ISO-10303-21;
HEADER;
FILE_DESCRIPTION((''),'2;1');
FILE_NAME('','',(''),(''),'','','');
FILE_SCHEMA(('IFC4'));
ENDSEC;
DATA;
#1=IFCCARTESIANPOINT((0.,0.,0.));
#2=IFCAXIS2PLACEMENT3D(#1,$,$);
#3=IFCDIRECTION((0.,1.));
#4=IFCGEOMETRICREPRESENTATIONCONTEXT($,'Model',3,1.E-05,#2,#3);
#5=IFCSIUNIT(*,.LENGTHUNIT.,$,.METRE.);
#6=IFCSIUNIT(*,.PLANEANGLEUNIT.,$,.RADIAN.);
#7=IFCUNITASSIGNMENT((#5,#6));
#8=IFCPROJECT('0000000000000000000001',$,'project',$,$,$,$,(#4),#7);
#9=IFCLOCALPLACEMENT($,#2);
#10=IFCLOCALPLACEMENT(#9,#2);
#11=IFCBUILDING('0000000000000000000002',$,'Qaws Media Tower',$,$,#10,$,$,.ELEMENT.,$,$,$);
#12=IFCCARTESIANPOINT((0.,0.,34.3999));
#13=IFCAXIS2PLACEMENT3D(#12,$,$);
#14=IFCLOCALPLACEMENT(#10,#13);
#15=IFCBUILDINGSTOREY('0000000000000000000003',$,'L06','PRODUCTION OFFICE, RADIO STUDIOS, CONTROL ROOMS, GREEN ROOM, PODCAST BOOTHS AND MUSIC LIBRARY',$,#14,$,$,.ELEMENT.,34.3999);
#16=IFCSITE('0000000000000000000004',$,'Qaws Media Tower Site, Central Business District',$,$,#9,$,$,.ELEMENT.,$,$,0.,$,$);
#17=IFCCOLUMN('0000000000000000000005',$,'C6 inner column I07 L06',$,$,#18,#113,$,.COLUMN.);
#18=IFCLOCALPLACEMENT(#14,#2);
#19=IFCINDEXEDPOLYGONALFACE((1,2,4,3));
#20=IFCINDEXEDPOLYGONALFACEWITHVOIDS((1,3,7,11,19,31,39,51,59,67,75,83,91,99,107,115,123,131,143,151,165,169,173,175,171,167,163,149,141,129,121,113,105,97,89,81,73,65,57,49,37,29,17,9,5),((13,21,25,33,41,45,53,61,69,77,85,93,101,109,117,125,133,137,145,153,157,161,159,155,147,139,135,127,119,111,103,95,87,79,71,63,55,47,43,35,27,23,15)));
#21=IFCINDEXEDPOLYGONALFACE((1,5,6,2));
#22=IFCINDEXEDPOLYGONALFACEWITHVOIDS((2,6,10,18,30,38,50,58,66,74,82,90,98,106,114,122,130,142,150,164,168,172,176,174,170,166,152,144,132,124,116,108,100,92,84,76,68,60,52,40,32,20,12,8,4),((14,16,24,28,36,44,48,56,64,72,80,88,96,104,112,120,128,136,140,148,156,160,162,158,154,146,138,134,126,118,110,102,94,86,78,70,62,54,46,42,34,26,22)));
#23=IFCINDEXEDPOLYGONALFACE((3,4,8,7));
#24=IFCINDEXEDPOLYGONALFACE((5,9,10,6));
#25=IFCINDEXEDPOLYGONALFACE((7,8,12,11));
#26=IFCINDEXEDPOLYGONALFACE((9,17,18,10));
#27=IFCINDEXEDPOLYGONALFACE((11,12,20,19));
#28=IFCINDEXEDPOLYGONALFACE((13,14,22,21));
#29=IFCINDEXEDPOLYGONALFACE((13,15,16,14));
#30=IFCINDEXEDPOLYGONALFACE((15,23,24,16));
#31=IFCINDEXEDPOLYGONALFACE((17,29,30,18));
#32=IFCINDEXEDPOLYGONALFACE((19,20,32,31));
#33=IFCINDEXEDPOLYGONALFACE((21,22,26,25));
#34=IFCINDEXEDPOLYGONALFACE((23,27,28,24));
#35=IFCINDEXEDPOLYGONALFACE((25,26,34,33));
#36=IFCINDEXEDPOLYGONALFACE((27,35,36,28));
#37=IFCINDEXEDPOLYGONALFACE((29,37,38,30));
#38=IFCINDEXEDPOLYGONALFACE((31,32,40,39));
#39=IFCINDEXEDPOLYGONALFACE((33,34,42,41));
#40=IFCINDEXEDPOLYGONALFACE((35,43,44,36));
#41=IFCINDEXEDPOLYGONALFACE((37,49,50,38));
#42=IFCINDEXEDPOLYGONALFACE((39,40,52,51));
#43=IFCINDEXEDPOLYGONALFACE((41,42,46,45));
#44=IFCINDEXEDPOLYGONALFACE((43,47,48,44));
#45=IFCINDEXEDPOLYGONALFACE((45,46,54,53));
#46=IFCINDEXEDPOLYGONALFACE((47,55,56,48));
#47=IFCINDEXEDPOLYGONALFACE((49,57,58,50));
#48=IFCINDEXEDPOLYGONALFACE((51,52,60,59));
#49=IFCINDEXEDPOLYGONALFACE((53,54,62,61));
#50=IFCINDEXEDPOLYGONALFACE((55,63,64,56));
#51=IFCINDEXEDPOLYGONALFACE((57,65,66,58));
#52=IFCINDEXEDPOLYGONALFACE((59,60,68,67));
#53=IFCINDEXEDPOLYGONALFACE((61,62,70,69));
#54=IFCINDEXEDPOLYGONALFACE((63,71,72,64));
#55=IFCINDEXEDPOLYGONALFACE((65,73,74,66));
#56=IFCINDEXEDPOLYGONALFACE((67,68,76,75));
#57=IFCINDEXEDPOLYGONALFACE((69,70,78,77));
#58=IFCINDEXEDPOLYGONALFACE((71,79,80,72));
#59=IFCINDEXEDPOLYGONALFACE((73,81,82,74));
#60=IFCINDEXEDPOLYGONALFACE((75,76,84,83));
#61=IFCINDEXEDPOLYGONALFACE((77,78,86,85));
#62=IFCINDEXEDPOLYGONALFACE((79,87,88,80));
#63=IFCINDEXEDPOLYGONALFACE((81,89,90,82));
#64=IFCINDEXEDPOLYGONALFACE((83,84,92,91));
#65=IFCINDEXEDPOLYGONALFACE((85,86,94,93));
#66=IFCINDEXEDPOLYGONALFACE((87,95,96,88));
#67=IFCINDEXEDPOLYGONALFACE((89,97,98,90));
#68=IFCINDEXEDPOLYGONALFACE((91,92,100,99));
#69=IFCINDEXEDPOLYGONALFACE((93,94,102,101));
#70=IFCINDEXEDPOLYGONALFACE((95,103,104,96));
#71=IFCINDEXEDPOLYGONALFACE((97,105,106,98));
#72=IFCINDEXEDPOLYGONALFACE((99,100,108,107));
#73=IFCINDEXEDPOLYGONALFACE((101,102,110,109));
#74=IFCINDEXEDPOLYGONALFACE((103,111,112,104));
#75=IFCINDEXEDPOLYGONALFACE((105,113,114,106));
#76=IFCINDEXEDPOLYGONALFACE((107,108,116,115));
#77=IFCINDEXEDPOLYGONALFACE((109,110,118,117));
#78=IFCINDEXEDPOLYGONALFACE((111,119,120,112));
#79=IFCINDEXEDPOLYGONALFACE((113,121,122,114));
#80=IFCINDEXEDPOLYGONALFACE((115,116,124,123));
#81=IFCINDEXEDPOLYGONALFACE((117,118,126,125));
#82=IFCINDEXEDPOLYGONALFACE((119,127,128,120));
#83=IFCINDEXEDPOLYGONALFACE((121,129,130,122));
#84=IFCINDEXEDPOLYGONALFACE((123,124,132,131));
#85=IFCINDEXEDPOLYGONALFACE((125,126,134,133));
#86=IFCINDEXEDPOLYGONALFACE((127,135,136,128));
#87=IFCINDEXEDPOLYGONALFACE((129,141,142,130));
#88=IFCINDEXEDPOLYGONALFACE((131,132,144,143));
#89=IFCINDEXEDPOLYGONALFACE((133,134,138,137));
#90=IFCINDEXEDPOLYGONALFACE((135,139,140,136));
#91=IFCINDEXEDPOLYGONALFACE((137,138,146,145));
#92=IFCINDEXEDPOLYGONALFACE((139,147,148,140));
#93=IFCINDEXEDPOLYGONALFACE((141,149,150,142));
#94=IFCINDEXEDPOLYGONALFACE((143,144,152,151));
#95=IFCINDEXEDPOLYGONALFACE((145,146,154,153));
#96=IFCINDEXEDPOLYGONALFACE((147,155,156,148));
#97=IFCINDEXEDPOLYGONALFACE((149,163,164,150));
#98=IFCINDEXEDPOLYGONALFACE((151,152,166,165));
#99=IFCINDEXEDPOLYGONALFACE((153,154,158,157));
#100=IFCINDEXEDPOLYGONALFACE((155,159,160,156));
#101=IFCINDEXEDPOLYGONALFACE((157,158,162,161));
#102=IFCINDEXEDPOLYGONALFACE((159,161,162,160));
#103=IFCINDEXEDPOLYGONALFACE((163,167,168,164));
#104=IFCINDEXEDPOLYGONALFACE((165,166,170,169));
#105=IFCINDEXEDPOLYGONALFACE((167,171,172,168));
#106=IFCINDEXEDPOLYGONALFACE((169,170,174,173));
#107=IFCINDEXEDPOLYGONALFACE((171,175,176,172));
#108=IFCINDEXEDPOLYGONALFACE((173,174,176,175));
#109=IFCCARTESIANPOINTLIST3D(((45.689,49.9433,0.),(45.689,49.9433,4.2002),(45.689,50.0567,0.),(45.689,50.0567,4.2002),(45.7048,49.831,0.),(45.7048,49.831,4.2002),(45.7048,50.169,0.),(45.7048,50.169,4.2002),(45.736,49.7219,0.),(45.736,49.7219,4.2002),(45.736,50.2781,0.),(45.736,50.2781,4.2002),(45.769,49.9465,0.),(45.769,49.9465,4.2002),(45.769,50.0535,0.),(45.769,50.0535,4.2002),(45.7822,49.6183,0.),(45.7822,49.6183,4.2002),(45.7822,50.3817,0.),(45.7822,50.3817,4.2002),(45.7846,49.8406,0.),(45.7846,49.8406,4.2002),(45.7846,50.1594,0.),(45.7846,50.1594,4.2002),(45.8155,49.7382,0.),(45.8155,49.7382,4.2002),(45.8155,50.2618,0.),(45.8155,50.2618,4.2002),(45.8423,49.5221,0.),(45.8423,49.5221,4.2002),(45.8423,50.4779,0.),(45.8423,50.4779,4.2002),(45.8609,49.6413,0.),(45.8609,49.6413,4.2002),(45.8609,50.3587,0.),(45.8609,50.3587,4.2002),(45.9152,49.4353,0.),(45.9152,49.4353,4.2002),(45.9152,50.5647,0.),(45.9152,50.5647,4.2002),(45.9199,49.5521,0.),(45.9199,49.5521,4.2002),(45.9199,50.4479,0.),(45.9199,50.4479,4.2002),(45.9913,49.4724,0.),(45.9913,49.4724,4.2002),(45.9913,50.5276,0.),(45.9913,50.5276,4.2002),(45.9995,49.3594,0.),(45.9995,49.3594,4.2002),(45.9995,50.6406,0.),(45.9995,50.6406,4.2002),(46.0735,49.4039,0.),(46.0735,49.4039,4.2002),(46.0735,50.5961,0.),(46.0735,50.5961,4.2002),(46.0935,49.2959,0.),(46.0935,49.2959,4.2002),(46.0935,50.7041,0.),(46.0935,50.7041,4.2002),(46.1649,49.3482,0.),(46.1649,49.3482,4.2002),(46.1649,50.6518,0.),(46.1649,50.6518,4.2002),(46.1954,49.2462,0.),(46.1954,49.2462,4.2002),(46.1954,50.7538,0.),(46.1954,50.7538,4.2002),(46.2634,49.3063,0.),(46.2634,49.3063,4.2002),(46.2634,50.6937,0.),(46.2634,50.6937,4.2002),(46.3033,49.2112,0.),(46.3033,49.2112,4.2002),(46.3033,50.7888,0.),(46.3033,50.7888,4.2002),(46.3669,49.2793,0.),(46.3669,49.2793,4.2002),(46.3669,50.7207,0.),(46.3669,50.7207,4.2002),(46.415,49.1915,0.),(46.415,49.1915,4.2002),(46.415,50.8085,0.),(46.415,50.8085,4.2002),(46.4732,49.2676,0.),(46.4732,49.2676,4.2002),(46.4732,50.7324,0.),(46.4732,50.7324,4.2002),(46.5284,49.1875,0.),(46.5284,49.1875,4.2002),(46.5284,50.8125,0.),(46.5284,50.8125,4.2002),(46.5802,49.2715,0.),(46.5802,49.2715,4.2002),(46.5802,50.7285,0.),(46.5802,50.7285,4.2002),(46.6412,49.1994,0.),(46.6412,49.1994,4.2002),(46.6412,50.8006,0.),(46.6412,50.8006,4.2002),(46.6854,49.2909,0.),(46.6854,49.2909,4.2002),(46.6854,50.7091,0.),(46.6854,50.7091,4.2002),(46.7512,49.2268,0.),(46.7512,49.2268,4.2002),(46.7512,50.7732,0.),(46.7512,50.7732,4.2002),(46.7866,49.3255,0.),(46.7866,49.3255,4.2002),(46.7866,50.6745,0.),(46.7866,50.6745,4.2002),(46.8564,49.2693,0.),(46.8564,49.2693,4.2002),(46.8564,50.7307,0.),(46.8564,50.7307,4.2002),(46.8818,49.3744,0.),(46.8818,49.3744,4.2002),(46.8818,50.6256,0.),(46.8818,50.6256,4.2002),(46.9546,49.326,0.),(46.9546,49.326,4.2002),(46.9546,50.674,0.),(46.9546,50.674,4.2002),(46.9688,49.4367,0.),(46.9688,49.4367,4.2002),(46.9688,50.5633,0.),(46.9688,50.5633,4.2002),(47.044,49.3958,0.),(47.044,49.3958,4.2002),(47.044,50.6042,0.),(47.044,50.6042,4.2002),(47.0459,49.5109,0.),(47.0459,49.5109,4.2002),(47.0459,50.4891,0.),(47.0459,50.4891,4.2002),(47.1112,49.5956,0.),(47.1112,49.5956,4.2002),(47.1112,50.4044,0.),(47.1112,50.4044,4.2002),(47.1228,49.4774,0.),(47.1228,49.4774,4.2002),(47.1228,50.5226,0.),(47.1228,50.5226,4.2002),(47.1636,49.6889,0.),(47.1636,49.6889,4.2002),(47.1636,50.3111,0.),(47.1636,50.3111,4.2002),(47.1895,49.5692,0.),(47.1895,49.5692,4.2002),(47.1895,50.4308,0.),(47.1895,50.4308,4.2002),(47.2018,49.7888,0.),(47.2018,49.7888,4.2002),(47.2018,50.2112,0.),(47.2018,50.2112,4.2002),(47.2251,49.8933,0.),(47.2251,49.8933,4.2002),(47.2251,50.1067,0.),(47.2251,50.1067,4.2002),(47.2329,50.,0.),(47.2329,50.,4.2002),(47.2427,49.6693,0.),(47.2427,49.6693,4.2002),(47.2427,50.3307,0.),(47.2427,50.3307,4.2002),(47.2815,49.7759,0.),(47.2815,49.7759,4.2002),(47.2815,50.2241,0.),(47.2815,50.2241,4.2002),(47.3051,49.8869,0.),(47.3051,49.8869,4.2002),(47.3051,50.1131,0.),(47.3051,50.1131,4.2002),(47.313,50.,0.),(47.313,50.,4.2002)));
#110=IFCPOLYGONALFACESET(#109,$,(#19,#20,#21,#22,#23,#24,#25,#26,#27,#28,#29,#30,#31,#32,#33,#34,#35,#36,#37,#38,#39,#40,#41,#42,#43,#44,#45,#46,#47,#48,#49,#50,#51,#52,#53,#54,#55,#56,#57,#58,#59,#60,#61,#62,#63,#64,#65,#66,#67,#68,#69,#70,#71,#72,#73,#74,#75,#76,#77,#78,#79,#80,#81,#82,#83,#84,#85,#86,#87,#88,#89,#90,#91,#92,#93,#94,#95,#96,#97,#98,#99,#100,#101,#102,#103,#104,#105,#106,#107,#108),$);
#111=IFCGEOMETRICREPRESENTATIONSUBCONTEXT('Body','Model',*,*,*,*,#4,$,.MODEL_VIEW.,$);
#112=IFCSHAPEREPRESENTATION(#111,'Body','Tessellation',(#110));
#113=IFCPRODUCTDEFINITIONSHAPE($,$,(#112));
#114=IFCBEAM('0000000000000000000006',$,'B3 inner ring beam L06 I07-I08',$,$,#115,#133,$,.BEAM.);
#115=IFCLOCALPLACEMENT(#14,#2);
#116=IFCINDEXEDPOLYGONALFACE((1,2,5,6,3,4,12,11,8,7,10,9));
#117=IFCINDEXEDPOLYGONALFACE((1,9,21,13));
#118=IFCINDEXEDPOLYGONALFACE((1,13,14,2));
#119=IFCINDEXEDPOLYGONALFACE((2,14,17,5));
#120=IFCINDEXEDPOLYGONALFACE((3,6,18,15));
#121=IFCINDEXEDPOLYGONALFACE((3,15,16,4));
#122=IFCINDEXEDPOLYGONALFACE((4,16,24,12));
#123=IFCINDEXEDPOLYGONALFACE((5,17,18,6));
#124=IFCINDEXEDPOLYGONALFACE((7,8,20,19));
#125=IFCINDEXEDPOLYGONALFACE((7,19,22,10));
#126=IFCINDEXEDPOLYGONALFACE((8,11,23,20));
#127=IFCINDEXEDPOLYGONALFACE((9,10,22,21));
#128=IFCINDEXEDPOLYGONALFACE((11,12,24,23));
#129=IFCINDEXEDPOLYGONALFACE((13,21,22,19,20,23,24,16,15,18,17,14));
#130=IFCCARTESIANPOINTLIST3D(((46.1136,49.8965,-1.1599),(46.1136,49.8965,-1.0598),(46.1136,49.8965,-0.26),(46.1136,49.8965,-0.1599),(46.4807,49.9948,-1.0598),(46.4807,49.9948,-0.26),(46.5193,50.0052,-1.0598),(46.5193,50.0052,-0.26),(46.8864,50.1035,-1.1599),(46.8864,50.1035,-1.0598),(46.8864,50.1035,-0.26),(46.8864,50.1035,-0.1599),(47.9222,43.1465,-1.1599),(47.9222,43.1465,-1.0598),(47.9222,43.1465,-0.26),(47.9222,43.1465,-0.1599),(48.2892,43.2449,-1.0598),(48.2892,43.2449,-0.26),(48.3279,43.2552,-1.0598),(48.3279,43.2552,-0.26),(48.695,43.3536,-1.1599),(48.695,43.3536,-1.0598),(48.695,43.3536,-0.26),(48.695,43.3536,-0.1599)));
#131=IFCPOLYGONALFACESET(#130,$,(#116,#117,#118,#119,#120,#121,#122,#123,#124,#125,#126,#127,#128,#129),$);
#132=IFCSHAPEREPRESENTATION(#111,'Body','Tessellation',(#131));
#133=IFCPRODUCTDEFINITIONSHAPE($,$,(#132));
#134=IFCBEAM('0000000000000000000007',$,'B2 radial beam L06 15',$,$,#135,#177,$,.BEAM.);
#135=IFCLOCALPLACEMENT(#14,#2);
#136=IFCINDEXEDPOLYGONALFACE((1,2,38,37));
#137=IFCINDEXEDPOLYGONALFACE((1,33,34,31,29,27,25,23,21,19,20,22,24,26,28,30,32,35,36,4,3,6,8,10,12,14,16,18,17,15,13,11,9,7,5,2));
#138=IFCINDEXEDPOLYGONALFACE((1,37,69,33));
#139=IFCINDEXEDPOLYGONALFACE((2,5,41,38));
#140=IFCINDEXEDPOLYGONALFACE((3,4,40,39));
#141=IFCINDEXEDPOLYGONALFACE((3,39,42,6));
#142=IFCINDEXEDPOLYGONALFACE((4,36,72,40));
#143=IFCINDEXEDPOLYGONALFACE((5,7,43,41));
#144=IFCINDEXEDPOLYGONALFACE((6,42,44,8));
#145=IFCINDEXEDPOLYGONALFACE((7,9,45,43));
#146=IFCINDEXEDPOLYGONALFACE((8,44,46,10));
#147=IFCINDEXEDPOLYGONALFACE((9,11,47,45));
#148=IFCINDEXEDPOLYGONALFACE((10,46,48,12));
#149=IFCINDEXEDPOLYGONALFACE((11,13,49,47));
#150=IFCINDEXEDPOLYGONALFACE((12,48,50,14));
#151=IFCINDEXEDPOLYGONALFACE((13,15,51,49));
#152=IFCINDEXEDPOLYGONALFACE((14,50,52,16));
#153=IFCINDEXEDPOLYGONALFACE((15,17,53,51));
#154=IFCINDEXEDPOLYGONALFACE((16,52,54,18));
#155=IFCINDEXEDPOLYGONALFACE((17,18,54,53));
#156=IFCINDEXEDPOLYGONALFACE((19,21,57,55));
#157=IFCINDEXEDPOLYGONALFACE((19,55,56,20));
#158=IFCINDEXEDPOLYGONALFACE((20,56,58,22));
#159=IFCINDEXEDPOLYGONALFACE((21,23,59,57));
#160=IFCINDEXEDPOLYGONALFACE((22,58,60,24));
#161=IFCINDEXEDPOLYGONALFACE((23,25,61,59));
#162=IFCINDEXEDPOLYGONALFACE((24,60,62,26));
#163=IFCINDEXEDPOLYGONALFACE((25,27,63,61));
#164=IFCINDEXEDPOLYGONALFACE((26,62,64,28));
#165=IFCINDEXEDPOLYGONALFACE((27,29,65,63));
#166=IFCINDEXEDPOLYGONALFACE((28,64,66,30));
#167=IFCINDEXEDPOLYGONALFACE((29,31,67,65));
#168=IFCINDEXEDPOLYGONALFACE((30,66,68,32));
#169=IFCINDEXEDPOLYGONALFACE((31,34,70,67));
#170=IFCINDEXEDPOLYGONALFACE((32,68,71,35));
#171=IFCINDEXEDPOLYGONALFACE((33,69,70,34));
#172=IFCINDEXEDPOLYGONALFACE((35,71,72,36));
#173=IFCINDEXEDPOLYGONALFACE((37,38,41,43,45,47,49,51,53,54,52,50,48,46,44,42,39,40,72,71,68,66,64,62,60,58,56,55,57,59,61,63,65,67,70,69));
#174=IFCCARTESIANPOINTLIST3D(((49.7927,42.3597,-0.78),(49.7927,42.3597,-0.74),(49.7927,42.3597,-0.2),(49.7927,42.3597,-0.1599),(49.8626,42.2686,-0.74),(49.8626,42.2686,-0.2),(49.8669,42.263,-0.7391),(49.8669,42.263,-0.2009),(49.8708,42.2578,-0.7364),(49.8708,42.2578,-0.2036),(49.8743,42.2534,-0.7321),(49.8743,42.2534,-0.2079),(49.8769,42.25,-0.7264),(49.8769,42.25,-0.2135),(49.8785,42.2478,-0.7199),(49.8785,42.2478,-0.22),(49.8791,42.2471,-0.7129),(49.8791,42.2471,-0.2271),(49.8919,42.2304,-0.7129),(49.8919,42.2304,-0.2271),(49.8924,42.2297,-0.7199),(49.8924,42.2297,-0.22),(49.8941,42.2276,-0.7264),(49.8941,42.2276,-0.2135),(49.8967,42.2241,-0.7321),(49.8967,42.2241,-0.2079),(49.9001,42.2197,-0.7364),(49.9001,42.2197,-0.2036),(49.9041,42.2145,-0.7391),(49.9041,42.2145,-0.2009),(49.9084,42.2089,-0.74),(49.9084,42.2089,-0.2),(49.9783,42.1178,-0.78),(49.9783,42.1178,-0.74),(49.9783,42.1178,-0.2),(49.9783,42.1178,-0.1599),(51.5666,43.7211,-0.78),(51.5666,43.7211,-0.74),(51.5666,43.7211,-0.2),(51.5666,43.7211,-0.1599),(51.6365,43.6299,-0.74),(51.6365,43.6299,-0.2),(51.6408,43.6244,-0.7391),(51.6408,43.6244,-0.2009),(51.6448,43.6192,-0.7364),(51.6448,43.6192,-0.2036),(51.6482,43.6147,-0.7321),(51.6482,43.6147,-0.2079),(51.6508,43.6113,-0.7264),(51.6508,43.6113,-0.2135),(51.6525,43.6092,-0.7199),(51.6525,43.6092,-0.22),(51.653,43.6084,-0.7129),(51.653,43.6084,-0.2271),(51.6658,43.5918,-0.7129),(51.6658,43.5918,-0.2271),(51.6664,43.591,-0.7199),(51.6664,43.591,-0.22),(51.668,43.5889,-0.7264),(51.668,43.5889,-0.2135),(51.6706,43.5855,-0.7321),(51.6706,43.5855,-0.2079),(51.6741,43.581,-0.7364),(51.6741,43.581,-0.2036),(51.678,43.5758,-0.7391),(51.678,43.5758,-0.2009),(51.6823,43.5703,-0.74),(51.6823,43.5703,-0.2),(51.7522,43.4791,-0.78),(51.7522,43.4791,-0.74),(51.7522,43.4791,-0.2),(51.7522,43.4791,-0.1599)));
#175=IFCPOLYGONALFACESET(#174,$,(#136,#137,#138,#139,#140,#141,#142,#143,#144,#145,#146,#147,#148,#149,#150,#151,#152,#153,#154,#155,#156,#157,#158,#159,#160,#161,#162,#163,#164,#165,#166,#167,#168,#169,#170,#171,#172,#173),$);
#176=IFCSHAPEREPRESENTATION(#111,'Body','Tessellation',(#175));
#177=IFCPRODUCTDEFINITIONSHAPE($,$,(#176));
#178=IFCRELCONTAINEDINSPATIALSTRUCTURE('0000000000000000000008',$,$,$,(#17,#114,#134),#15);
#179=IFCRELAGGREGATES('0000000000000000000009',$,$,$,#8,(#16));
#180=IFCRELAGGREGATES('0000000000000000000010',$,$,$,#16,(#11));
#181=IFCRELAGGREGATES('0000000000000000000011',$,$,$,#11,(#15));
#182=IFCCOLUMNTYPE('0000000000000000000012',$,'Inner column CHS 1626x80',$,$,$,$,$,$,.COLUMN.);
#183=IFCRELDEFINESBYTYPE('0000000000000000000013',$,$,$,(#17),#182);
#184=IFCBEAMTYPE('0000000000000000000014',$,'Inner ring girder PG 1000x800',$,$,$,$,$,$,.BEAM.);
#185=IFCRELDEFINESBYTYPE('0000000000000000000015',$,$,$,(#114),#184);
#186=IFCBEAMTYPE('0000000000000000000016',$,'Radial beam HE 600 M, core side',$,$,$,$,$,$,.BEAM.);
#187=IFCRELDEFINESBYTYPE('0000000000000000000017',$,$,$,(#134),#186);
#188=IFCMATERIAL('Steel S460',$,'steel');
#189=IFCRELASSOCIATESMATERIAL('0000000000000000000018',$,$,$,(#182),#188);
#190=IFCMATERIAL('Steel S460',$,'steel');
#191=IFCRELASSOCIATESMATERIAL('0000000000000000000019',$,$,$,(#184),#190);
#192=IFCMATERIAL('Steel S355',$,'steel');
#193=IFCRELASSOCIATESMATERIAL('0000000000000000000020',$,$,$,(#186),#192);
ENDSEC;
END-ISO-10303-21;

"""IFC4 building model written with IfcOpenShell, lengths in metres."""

from ifc_helpers import new_model, si_unit, direction, frame, origin, origin_2d, place, context, subcontext, project, spatial, hollow_circle, i_section, extrude, material, material_profile, profile_set, type_object, element, save


model = new_model("IFC4")

# Units and contexts
model_context = context("Model", 3, precision=1e-05, world=origin(), true_north=direction((0.0, 1.0)))
body_context = subcontext(model_context, "Body", "Model", "MODEL_VIEW")
ifc_project = project(units=[si_unit("LENGTHUNIT", "METRE"), si_unit("PLANEANGLEUNIT", "RADIAN")], contexts=[model_context])

# Site, building, storey
site_placement = place(None, origin())
site = spatial("IfcSite", under=ifc_project, at=site_placement, Name="Qaws Media Tower Site, Central Business District", CompositionType="ELEMENT", RefElevation=0.0)
building_placement = place(site_placement, origin())
building = spatial("IfcBuilding", under=site, at=building_placement, Name="Qaws Media Tower", CompositionType="ELEMENT")
storey_placement = place(building_placement, frame((0.0, 0.0, 34.3999)))
storey = spatial("IfcBuildingStorey", under=building, at=storey_placement, Name="L06", Description="PRODUCTION OFFICE, RADIO STUDIOS, CONTROL ROOMS, GREEN ROOM, PODCAST BOOTHS AND MUSIC LIBRARY", CompositionType="ELEMENT", Elevation=34.3999)

# Column
ifc_material_1 = material(Name="Steel S460", Category="steel")
ifc_material_profile_1 = material_profile(ifc_material_1, hollow_circle(Radius=0.813, WallThickness=0.0801, at=origin_2d()), Name="CHS 1626x80")
ifc_profile_set_1 = profile_set([ifc_material_profile_1], Name="Steel S460")
column_type = type_object("IfcColumnType", Name="Inner column CHS 1626x80", PredefinedType="COLUMN", material=ifc_profile_set_1)
column_placement = place(storey_placement, frame((46.5, 50.0, 0.0), z_axis=(0.0, 0.0, 1.0), x_axis=(1.0, 0.0, 0.0)))
element("IfcColumn", 1, at=column_placement, inside=storey, type_object=column_type, Name="C6 inner column I07 L06", PredefinedType="COLUMN", context=body_context, shape_type="SweptSolid", body=[
    extrude(hollow_circle(Radius=0.813, WallThickness=0.0801, at=origin_2d()), origin(), (0.0, 0.0, 1.0), 4.2002),
])

# Beams
ifc_material_2 = material(Name="Steel S460", Category="steel")
ifc_material_profile_2 = material_profile(ifc_material_2, i_section(OverallWidth=0.8, OverallDepth=1.0, WebThickness=0.04, FlangeThickness=0.1001, at=origin_2d()), Name="PG 1000x800")
ifc_profile_set_2 = profile_set([ifc_material_profile_2], Name="Steel S460")
beam_type_1 = type_object("IfcBeamType", Name="Inner ring girder PG 1000x800", PredefinedType="BEAM", material=ifc_profile_set_2)
beam_1_placement = place(storey_placement, frame((46.5, 50.0, -0.6599), z_axis=(0.258811, -0.965928, 0.0), x_axis=(0.965928, 0.258811, 0.0)))
element("IfcBeam", 2, at=beam_1_placement, inside=storey, type_object=beam_type_1, Name="B3 inner ring beam L06 I07-I08", PredefinedType="BEAM", context=body_context, shape_type="SweptSolid", body=[
    extrude(i_section(OverallWidth=0.8, OverallDepth=1.0, WebThickness=0.04, FlangeThickness=0.1001, at=origin_2d()), origin(), (0.0, 0.0, 1.0), 6.988),
])
ifc_material_3 = material(Name="Steel S355", Category="steel")
ifc_material_profile_3 = material_profile(ifc_material_3, i_section(OverallWidth=0.3049, OverallDepth=0.6201, WebThickness=0.021, FlangeThickness=0.04, FilletRadius=0.0271, at=origin_2d()), Name="HE 600 M")
ifc_profile_set_3 = profile_set([ifc_material_profile_3], Name="Steel S355")
beam_type_2 = type_object("IfcBeamType", Name="Radial beam HE 600 M, core side", PredefinedType="BEAM", material=ifc_profile_set_3)
beam_2_placement = place(storey_placement, frame((51.6594, 43.6001, -0.47), z_axis=(-0.793322, -0.608803, 0.0), x_axis=(0.608803, -0.793322, 0.0)))
element("IfcBeam", 3, at=beam_2_placement, inside=storey, type_object=beam_type_2, Name="B2 radial beam L06 15", PredefinedType="BEAM", context=body_context, shape_type="SweptSolid", body=[
    extrude(i_section(OverallWidth=0.3049, OverallDepth=0.6201, WebThickness=0.021, FlangeThickness=0.04, FilletRadius=0.0271, at=origin_2d()), origin(), (0.0, 0.0, 1.0), 2.2361),
])

save(model, "model.ifc")
